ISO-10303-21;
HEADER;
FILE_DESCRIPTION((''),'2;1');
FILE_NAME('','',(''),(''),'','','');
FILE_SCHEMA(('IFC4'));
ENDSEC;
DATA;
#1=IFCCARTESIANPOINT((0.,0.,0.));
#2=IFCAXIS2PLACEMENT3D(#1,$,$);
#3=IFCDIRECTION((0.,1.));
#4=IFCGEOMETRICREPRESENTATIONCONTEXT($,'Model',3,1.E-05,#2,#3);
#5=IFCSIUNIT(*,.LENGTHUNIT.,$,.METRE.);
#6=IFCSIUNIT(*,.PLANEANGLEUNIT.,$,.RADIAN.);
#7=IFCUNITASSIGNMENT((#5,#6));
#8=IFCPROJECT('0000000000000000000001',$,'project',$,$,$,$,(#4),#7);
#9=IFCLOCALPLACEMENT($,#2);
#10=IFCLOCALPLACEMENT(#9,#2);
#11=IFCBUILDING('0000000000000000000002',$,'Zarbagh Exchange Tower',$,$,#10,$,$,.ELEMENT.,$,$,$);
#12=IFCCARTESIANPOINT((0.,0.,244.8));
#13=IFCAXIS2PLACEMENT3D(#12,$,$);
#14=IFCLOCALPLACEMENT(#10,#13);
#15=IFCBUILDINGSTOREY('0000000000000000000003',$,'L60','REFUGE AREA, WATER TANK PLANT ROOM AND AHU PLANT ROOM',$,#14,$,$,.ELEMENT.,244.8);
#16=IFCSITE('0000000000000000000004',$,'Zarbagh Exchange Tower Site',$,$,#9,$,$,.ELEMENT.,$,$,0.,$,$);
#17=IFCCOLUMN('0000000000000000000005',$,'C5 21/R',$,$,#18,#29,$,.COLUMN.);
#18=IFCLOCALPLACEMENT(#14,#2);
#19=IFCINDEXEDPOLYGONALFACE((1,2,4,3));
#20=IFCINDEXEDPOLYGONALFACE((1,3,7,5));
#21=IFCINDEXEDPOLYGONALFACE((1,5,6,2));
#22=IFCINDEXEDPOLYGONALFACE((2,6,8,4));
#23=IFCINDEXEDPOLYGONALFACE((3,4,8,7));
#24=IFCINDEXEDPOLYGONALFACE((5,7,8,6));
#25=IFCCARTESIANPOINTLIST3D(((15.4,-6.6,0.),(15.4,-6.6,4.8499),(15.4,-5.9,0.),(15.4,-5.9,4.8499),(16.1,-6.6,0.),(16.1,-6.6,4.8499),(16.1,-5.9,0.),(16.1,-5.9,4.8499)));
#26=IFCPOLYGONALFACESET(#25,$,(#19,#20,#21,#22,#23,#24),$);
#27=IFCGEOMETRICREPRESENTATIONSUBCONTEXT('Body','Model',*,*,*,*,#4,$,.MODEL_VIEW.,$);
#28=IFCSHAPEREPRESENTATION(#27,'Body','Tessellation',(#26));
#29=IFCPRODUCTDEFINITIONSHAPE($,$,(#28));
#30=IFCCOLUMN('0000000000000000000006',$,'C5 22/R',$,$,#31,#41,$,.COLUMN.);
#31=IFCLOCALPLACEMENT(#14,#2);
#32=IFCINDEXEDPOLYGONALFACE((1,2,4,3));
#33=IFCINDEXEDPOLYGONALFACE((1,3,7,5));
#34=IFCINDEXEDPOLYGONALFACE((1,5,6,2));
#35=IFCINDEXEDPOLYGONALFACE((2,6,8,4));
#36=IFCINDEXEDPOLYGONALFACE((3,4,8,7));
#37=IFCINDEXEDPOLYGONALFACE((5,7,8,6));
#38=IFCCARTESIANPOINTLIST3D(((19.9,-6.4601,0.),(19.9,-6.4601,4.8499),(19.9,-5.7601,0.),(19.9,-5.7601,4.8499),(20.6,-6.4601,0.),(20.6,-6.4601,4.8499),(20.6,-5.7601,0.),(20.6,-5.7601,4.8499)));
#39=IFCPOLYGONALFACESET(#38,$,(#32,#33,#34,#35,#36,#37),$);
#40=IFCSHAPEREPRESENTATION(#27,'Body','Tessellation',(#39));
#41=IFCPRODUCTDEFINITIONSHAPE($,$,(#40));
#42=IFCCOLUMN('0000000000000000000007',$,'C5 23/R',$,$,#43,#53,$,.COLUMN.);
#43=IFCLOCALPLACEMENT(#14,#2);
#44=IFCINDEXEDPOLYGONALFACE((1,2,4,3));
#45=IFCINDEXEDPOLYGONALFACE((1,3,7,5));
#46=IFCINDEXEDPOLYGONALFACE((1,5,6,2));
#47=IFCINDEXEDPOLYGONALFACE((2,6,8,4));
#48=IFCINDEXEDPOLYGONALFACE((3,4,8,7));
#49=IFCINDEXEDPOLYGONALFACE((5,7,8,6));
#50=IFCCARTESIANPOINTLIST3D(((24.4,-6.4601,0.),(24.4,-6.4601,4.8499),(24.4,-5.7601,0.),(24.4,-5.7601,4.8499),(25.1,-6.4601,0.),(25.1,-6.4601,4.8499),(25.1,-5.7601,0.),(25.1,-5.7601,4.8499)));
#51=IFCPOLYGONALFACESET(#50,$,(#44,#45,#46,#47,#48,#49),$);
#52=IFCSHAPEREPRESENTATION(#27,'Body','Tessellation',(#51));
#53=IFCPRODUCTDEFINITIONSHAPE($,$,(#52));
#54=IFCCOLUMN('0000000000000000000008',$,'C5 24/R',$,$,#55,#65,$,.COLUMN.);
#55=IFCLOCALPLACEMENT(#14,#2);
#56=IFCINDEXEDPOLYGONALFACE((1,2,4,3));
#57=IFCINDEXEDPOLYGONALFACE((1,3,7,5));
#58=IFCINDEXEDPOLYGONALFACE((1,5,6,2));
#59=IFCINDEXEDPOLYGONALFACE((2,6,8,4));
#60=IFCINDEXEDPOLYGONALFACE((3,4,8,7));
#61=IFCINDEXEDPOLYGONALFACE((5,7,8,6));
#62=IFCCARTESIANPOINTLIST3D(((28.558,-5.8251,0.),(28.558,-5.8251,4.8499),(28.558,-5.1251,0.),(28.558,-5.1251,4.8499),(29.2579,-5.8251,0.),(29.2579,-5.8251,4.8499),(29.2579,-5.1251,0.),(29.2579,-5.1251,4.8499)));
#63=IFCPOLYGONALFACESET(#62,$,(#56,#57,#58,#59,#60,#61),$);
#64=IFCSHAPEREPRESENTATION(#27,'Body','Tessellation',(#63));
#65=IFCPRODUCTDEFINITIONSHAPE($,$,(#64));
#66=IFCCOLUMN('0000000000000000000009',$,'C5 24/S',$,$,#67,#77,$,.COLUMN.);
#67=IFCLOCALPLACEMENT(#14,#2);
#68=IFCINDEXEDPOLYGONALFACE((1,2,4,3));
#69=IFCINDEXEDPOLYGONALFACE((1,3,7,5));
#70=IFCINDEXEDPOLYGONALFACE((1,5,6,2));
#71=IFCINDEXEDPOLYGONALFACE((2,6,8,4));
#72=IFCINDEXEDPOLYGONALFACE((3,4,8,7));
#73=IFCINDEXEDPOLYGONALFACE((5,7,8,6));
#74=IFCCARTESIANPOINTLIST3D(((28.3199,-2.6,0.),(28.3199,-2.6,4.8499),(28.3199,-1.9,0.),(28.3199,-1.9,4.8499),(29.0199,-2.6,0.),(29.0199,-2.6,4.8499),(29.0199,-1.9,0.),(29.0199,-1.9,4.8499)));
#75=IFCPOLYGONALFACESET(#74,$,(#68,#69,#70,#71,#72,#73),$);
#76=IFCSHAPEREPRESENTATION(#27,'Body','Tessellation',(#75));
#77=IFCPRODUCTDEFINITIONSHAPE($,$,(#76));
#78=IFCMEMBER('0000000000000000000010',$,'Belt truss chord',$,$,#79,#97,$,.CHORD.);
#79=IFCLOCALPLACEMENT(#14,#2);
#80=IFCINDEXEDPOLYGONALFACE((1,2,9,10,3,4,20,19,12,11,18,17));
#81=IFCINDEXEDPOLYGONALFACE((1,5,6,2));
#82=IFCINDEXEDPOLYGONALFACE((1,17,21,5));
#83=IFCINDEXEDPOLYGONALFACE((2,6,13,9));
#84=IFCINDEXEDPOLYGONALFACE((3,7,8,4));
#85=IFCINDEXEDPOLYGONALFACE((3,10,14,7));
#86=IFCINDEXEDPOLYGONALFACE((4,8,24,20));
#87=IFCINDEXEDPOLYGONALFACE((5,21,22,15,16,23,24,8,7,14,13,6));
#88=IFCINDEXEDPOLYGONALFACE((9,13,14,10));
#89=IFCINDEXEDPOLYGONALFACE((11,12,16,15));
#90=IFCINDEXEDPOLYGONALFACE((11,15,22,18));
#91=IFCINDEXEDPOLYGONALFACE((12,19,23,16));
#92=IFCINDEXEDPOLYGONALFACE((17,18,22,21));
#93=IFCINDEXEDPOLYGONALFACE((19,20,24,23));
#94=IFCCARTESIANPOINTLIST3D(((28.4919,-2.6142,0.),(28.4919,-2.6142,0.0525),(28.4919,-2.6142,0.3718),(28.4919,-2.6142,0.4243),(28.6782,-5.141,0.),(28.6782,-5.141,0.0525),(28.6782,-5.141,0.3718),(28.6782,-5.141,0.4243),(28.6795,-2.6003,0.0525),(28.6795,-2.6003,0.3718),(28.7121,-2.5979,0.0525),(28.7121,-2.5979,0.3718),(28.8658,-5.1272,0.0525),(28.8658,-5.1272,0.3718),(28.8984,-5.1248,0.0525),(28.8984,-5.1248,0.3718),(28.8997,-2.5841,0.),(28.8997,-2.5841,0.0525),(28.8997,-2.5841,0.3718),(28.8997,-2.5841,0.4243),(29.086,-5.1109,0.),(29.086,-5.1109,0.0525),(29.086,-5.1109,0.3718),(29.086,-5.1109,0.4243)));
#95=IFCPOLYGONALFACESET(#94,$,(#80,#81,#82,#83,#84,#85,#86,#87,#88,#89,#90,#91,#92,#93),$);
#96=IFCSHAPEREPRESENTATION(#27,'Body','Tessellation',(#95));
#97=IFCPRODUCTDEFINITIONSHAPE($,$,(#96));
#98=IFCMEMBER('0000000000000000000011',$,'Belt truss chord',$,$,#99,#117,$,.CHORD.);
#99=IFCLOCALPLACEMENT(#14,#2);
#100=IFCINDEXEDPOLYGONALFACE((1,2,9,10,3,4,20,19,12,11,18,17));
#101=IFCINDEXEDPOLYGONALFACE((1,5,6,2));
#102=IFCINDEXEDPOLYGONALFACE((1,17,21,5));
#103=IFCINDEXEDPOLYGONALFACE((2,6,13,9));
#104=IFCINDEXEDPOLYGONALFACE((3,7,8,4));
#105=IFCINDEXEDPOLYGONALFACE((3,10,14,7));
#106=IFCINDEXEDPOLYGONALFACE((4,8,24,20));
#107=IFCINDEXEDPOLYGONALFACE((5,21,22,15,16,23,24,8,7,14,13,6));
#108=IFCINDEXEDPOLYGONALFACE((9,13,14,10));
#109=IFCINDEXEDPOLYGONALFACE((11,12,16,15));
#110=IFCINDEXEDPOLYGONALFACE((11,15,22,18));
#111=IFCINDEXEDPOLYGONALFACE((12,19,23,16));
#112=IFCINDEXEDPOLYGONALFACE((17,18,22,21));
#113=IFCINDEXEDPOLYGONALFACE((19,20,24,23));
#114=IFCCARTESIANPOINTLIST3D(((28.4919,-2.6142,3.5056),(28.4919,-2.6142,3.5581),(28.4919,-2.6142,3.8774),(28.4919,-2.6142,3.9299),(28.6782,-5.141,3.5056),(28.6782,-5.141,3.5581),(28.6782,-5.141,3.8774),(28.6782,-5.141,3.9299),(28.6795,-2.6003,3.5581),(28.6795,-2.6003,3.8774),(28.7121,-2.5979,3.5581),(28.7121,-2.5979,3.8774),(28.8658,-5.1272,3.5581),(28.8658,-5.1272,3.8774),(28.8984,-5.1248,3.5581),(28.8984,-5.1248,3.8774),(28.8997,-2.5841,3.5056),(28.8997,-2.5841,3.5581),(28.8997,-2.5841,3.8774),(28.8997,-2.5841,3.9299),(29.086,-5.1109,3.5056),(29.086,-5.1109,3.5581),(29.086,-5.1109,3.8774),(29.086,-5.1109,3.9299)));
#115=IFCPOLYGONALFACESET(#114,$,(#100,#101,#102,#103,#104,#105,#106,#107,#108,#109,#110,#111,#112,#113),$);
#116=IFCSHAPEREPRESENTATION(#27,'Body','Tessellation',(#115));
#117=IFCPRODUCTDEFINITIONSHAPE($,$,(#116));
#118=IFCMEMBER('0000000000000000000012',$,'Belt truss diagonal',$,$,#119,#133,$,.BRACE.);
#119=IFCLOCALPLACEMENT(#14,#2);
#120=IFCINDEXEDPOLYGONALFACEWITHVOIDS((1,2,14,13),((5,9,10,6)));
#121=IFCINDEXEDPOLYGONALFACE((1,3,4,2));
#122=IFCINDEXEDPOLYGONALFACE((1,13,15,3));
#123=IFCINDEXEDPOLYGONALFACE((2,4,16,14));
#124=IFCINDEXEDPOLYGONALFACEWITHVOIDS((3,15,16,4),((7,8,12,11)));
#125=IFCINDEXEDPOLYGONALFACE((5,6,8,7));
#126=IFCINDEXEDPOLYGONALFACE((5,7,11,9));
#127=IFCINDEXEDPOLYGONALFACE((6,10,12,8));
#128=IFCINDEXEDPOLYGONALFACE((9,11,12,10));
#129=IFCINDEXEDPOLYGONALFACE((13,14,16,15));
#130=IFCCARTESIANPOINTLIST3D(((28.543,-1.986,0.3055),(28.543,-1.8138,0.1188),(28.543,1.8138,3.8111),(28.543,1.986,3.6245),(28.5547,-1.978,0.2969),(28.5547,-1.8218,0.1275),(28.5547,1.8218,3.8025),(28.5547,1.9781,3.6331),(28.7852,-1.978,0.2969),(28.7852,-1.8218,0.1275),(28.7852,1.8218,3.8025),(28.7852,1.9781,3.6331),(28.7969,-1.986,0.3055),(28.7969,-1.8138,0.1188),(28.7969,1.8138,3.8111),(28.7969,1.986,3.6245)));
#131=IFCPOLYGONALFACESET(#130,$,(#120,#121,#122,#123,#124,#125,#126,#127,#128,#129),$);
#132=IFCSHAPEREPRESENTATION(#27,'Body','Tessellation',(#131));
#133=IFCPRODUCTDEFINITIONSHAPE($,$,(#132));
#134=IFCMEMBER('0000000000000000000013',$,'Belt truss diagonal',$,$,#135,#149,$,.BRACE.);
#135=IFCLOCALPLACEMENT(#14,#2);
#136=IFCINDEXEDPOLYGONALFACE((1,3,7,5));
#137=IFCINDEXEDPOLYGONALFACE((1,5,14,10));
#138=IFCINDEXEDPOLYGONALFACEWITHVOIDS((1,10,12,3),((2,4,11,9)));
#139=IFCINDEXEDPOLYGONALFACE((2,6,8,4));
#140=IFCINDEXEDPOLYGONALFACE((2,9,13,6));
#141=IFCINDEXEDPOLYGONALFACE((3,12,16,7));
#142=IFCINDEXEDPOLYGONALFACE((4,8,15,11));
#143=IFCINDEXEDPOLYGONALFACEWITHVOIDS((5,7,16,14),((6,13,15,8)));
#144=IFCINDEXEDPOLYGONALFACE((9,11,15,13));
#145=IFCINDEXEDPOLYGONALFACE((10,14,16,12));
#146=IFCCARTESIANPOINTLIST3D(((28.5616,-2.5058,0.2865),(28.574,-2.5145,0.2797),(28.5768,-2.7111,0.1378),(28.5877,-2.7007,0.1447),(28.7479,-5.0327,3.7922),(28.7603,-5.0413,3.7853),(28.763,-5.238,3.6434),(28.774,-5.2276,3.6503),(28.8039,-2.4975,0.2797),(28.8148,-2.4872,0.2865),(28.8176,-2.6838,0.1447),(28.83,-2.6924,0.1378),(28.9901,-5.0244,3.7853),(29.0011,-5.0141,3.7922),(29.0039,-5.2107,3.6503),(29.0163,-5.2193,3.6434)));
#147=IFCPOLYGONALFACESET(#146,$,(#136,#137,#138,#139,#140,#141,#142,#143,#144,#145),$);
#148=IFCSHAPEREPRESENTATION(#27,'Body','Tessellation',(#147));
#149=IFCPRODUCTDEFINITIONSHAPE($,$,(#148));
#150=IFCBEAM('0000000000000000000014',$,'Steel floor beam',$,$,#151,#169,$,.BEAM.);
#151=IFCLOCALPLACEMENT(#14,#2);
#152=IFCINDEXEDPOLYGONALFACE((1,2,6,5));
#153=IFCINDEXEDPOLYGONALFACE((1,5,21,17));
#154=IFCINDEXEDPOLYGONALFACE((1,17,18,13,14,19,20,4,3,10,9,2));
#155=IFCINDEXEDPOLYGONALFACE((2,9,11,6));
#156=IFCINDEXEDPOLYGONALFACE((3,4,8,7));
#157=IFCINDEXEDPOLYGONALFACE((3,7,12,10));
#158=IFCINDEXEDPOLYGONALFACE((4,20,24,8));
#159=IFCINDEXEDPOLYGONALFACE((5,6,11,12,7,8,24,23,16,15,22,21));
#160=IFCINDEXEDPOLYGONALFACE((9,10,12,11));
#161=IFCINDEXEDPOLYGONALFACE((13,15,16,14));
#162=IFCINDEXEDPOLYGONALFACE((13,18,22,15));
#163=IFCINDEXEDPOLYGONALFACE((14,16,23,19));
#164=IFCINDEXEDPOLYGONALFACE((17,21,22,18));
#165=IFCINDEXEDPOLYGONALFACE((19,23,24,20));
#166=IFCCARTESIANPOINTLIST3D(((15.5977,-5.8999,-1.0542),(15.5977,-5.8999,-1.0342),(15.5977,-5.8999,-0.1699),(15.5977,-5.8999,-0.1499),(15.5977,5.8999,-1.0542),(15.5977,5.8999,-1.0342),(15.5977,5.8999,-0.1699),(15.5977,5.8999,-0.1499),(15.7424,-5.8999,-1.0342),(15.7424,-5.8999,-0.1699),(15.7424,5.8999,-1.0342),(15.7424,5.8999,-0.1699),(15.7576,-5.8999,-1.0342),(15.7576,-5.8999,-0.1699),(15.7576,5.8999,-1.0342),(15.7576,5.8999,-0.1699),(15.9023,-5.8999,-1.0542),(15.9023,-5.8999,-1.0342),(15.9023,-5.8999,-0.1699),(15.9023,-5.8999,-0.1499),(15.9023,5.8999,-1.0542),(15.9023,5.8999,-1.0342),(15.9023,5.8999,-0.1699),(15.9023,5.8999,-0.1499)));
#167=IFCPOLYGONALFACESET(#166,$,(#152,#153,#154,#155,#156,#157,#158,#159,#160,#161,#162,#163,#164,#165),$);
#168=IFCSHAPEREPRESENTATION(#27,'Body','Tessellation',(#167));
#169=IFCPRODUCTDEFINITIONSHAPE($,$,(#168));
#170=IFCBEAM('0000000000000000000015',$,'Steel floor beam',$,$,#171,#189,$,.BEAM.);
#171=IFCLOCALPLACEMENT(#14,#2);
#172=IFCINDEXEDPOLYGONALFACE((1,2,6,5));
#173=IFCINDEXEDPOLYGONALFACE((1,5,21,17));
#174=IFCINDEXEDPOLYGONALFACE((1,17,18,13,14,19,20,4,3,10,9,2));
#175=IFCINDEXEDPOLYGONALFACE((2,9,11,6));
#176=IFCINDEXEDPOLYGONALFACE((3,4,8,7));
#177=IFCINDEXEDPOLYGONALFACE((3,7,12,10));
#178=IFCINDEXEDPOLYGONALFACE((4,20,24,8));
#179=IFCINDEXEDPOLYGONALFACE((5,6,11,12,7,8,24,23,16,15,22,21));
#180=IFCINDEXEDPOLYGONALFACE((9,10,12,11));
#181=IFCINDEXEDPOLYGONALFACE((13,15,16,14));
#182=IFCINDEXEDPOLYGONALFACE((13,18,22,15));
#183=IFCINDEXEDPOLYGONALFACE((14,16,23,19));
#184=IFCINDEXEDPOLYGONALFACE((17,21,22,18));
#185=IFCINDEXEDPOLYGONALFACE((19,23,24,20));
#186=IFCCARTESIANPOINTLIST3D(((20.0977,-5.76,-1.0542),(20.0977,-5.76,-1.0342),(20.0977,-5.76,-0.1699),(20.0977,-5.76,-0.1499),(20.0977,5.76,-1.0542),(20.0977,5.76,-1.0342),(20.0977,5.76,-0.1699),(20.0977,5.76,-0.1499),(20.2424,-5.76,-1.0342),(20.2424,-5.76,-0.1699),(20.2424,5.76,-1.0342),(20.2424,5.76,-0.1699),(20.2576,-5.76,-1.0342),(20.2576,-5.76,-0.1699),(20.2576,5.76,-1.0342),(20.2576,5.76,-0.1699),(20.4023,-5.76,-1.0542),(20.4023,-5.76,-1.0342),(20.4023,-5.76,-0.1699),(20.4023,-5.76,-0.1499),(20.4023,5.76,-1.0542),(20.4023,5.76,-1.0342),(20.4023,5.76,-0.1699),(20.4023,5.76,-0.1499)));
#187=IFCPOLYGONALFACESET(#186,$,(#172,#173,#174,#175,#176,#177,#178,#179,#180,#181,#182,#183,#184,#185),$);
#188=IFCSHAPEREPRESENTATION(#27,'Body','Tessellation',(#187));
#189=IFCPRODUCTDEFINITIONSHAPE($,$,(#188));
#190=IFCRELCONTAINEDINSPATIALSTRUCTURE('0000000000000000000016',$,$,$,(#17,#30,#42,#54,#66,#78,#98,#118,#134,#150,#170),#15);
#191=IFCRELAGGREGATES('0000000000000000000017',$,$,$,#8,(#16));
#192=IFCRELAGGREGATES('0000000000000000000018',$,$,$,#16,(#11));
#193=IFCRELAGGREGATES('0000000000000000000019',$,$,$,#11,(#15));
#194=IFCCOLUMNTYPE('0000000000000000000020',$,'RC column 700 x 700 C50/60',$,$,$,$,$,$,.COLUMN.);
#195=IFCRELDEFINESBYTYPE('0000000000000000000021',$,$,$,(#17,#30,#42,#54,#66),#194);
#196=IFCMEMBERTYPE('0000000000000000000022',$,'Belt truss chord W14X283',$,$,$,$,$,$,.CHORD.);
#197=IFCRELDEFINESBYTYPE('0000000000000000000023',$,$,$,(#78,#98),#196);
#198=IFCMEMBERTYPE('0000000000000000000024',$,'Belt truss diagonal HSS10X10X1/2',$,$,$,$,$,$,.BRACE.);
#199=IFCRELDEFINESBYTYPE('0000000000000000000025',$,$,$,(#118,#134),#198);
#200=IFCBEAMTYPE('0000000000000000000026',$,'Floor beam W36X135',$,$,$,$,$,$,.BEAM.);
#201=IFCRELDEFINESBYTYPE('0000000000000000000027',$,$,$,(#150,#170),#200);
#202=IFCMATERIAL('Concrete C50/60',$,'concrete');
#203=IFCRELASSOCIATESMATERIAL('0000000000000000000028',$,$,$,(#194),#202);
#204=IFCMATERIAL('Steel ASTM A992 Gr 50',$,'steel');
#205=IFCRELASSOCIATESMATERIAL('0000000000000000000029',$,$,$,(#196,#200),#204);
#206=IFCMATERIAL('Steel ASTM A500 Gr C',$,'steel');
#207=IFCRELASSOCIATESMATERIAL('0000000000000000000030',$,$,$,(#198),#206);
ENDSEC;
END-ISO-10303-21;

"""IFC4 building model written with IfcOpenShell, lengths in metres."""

from ifc_helpers import new_model, si_unit, direction, frame, origin, origin_2d, place, context, subcontext, project, spatial, rectangle, hollow_rectangle, i_section, extrude, material, material_profile, profile_set, type_object, element, save


model = new_model("IFC4")

# Units and contexts
model_context = context("Model", 3, precision=1e-05, world=origin(), true_north=direction((0.0, 1.0)))
body_context = subcontext(model_context, "Body", "Model", "MODEL_VIEW")
ifc_project = project(units=[si_unit("LENGTHUNIT", "METRE"), si_unit("PLANEANGLEUNIT", "RADIAN")], contexts=[model_context])

# Site, building, storey
site_placement = place(None, origin())
site = spatial("IfcSite", under=ifc_project, at=site_placement, Name="Zarbagh Exchange Tower Site", CompositionType="ELEMENT", RefElevation=0.0)
building_placement = place(site_placement, origin())
building = spatial("IfcBuilding", under=site, at=building_placement, Name="Zarbagh Exchange Tower", CompositionType="ELEMENT")
storey_placement = place(building_placement, frame((0.0, 0.0, 244.8)))
storey = spatial("IfcBuildingStorey", under=building, at=storey_placement, Name="L60", Description="REFUGE AREA, WATER TANK PLANT ROOM AND AHU PLANT ROOM", CompositionType="ELEMENT", Elevation=244.8)

# Columns
ifc_material_1 = material(Name="Concrete C50/60", Category="concrete")
ifc_material_profile_1 = material_profile(ifc_material_1, rectangle(XDim=0.7, YDim=0.7, at=origin_2d()), Name="RC column 700 x 700 C50/60")
ifc_profile_set_1 = profile_set([ifc_material_profile_1], Name="Concrete C50/60")
column_type = type_object("IfcColumnType", Name="RC column 700 x 700 C50/60", PredefinedType="COLUMN", material=ifc_profile_set_1)
for number, where, z_axis, x_axis, name in (
    (1, (15.75, -6.25, 0.0), (0.0, 0.0, 1.0), (1.0, 0.0, 0.0), "C5 21/R"),
    (2, (20.25, -6.1101, 0.0), (0.0, 0.0, 1.0), (1.0, 0.0, 0.0), "C5 22/R"),
    (3, (24.75, -6.1101, 0.0), (0.0, 0.0, 1.0), (1.0, 0.0, 0.0), "C5 23/R"),
    (4, (28.908, -5.4751, 0.0), (0.0, 0.0, 1.0), (1.0, 0.0, 0.0), "C5 24/R"),
    (5, (28.6699, -2.25, 0.0), (0.0, 0.0, 1.0), (1.0, 0.0, 0.0), "C5 24/S"),
):
    element("IfcColumn", number, at=place(storey_placement, frame(where, z_axis=z_axis, x_axis=x_axis)), inside=storey, type_object=column_type, Name=name, PredefinedType="COLUMN", context=body_context, shape_type="SweptSolid", body=[
        extrude(rectangle(XDim=0.7, YDim=0.7, at=origin_2d()), origin(), (0.0, 0.0, 1.0), 4.8499),
    ])

# Members
ifc_material_2 = material(Name="Steel ASTM A992 Gr 50", Category="steel")
ifc_material_profile_2 = material_profile(ifc_material_2, i_section(OverallWidth=0.4089, OverallDepth=0.4243, WebThickness=0.0327, FlangeThickness=0.0525, at=origin_2d()), Name="W14X283")
ifc_profile_set_2 = profile_set([ifc_material_profile_2], Name="Steel ASTM A992 Gr 50")
member_type_1 = type_object("IfcMemberType", Name="Belt truss chord W14X283", PredefinedType="CHORD", material=ifc_profile_set_2)
for number, where, z_axis, x_axis, name in (
    (6, (28.6958, -2.5991, 0.2122), (0.07352, -0.997294, 0.0), (0.997294, 0.07352, 0.0), "Belt truss chord"),
    (7, (28.6958, -2.5991, 3.7178), (0.07352, -0.997294, 0.0), (0.997294, 0.07352, 0.0), "Belt truss chord"),
):
    element("IfcMember", number, at=place(storey_placement, frame(where, z_axis=z_axis, x_axis=x_axis)), inside=storey, type_object=member_type_1, Name=name, PredefinedType="CHORD", context=body_context, shape_type="SweptSolid", body=[
        extrude(i_section(OverallWidth=0.4089, OverallDepth=0.4243, WebThickness=0.0327, FlangeThickness=0.0525, at=origin_2d()), origin(), (0.0, 0.0, 1.0), 2.5337),
    ])
ifc_material_3 = material(Name="Steel ASTM A500 Gr C", Category="steel")
ifc_material_profile_3 = material_profile(ifc_material_3, hollow_rectangle(XDim=0.2539, YDim=0.2539, WallThickness=0.0117, at=origin_2d()), Name="HSS10X10X1/2")
ifc_profile_set_3 = profile_set([ifc_material_profile_3], Name="Steel ASTM A500 Gr C")
member_type_2 = type_object("IfcMemberType", Name="Belt truss diagonal HSS10X10X1/2", PredefinedType="BRACE", material=ifc_profile_set_3)
member_1_placement = place(storey_placement, frame((28.6699, -1.8999, 0.2122), z_axis=(0.0, 0.734986, 0.678082), x_axis=(-1.0, 0.0, 0.0)))
element("IfcMember", 8, at=member_1_placement, inside=storey, type_object=member_type_2, Name="Belt truss diagonal", PredefinedType="BRACE", context=body_context, shape_type="SweptSolid", body=[
    extrude(hollow_rectangle(XDim=0.2539, YDim=0.2539, WallThickness=0.0117, at=origin_2d()), origin(), (0.0, 0.0, 1.0), 5.1699),
])
member_2_placement = place(storey_placement, frame((28.6958, -2.5991, 0.2122), z_axis=(0.043066, -0.584191, 0.810473), x_axis=(0.997294, 0.07352, 0.0)))
element("IfcMember", 9, at=member_2_placement, inside=storey, type_object=member_type_2, Name="Belt truss diagonal", PredefinedType="BRACE", context=body_context, shape_type="SweptSolid", body=[
    extrude(hollow_rectangle(XDim=0.2539, YDim=0.2539, WallThickness=0.0117, at=origin_2d()), origin(), (0.0, 0.0, 1.0), 4.3254),
])

# Beams
ifc_material_profile_4 = material_profile(ifc_material_2, i_section(OverallWidth=0.3047, OverallDepth=0.9043, WebThickness=0.0151, FlangeThickness=0.02, at=origin_2d()), Name="W36X135")
ifc_profile_set_4 = profile_set([ifc_material_profile_4], Name="Steel ASTM A992 Gr 50")
beam_type_1 = type_object("IfcBeamType", Name="Floor beam W36X135", PredefinedType="BEAM", material=ifc_profile_set_4)
beam_1_placement = place(storey_placement, frame((15.75, -5.8999, -0.6021), z_axis=(0.0, 1.0, 0.0), x_axis=(-1.0, 0.0, 0.0)))
element("IfcBeam", 10, at=beam_1_placement, inside=storey, type_object=beam_type_1, Name="Steel floor beam", PredefinedType="BEAM", context=body_context, shape_type="SweptSolid", body=[
    extrude(i_section(OverallWidth=0.3047, OverallDepth=0.9043, WebThickness=0.0151, FlangeThickness=0.02, at=origin_2d()), origin(), (0.0, 0.0, 1.0), 11.7998),
])
for number, where, z_axis, x_axis, name in (
    (11, (20.25, -5.76, -0.6021), (0.0, 1.0, 0.0), (-1.0, 0.0, 0.0), "Steel floor beam"),
):
    element("IfcBeam", number, at=place(storey_placement, frame(where, z_axis=z_axis, x_axis=x_axis)), inside=storey, type_object=beam_type_1, Name=name, PredefinedType="BEAM", context=body_context, shape_type="SweptSolid", body=[
        extrude(i_section(OverallWidth=0.3047, OverallDepth=0.9043, WebThickness=0.0151, FlangeThickness=0.02, at=origin_2d()), origin(), (0.0, 0.0, 1.0), 11.52),
    ])

save(model, "model.ifc")
